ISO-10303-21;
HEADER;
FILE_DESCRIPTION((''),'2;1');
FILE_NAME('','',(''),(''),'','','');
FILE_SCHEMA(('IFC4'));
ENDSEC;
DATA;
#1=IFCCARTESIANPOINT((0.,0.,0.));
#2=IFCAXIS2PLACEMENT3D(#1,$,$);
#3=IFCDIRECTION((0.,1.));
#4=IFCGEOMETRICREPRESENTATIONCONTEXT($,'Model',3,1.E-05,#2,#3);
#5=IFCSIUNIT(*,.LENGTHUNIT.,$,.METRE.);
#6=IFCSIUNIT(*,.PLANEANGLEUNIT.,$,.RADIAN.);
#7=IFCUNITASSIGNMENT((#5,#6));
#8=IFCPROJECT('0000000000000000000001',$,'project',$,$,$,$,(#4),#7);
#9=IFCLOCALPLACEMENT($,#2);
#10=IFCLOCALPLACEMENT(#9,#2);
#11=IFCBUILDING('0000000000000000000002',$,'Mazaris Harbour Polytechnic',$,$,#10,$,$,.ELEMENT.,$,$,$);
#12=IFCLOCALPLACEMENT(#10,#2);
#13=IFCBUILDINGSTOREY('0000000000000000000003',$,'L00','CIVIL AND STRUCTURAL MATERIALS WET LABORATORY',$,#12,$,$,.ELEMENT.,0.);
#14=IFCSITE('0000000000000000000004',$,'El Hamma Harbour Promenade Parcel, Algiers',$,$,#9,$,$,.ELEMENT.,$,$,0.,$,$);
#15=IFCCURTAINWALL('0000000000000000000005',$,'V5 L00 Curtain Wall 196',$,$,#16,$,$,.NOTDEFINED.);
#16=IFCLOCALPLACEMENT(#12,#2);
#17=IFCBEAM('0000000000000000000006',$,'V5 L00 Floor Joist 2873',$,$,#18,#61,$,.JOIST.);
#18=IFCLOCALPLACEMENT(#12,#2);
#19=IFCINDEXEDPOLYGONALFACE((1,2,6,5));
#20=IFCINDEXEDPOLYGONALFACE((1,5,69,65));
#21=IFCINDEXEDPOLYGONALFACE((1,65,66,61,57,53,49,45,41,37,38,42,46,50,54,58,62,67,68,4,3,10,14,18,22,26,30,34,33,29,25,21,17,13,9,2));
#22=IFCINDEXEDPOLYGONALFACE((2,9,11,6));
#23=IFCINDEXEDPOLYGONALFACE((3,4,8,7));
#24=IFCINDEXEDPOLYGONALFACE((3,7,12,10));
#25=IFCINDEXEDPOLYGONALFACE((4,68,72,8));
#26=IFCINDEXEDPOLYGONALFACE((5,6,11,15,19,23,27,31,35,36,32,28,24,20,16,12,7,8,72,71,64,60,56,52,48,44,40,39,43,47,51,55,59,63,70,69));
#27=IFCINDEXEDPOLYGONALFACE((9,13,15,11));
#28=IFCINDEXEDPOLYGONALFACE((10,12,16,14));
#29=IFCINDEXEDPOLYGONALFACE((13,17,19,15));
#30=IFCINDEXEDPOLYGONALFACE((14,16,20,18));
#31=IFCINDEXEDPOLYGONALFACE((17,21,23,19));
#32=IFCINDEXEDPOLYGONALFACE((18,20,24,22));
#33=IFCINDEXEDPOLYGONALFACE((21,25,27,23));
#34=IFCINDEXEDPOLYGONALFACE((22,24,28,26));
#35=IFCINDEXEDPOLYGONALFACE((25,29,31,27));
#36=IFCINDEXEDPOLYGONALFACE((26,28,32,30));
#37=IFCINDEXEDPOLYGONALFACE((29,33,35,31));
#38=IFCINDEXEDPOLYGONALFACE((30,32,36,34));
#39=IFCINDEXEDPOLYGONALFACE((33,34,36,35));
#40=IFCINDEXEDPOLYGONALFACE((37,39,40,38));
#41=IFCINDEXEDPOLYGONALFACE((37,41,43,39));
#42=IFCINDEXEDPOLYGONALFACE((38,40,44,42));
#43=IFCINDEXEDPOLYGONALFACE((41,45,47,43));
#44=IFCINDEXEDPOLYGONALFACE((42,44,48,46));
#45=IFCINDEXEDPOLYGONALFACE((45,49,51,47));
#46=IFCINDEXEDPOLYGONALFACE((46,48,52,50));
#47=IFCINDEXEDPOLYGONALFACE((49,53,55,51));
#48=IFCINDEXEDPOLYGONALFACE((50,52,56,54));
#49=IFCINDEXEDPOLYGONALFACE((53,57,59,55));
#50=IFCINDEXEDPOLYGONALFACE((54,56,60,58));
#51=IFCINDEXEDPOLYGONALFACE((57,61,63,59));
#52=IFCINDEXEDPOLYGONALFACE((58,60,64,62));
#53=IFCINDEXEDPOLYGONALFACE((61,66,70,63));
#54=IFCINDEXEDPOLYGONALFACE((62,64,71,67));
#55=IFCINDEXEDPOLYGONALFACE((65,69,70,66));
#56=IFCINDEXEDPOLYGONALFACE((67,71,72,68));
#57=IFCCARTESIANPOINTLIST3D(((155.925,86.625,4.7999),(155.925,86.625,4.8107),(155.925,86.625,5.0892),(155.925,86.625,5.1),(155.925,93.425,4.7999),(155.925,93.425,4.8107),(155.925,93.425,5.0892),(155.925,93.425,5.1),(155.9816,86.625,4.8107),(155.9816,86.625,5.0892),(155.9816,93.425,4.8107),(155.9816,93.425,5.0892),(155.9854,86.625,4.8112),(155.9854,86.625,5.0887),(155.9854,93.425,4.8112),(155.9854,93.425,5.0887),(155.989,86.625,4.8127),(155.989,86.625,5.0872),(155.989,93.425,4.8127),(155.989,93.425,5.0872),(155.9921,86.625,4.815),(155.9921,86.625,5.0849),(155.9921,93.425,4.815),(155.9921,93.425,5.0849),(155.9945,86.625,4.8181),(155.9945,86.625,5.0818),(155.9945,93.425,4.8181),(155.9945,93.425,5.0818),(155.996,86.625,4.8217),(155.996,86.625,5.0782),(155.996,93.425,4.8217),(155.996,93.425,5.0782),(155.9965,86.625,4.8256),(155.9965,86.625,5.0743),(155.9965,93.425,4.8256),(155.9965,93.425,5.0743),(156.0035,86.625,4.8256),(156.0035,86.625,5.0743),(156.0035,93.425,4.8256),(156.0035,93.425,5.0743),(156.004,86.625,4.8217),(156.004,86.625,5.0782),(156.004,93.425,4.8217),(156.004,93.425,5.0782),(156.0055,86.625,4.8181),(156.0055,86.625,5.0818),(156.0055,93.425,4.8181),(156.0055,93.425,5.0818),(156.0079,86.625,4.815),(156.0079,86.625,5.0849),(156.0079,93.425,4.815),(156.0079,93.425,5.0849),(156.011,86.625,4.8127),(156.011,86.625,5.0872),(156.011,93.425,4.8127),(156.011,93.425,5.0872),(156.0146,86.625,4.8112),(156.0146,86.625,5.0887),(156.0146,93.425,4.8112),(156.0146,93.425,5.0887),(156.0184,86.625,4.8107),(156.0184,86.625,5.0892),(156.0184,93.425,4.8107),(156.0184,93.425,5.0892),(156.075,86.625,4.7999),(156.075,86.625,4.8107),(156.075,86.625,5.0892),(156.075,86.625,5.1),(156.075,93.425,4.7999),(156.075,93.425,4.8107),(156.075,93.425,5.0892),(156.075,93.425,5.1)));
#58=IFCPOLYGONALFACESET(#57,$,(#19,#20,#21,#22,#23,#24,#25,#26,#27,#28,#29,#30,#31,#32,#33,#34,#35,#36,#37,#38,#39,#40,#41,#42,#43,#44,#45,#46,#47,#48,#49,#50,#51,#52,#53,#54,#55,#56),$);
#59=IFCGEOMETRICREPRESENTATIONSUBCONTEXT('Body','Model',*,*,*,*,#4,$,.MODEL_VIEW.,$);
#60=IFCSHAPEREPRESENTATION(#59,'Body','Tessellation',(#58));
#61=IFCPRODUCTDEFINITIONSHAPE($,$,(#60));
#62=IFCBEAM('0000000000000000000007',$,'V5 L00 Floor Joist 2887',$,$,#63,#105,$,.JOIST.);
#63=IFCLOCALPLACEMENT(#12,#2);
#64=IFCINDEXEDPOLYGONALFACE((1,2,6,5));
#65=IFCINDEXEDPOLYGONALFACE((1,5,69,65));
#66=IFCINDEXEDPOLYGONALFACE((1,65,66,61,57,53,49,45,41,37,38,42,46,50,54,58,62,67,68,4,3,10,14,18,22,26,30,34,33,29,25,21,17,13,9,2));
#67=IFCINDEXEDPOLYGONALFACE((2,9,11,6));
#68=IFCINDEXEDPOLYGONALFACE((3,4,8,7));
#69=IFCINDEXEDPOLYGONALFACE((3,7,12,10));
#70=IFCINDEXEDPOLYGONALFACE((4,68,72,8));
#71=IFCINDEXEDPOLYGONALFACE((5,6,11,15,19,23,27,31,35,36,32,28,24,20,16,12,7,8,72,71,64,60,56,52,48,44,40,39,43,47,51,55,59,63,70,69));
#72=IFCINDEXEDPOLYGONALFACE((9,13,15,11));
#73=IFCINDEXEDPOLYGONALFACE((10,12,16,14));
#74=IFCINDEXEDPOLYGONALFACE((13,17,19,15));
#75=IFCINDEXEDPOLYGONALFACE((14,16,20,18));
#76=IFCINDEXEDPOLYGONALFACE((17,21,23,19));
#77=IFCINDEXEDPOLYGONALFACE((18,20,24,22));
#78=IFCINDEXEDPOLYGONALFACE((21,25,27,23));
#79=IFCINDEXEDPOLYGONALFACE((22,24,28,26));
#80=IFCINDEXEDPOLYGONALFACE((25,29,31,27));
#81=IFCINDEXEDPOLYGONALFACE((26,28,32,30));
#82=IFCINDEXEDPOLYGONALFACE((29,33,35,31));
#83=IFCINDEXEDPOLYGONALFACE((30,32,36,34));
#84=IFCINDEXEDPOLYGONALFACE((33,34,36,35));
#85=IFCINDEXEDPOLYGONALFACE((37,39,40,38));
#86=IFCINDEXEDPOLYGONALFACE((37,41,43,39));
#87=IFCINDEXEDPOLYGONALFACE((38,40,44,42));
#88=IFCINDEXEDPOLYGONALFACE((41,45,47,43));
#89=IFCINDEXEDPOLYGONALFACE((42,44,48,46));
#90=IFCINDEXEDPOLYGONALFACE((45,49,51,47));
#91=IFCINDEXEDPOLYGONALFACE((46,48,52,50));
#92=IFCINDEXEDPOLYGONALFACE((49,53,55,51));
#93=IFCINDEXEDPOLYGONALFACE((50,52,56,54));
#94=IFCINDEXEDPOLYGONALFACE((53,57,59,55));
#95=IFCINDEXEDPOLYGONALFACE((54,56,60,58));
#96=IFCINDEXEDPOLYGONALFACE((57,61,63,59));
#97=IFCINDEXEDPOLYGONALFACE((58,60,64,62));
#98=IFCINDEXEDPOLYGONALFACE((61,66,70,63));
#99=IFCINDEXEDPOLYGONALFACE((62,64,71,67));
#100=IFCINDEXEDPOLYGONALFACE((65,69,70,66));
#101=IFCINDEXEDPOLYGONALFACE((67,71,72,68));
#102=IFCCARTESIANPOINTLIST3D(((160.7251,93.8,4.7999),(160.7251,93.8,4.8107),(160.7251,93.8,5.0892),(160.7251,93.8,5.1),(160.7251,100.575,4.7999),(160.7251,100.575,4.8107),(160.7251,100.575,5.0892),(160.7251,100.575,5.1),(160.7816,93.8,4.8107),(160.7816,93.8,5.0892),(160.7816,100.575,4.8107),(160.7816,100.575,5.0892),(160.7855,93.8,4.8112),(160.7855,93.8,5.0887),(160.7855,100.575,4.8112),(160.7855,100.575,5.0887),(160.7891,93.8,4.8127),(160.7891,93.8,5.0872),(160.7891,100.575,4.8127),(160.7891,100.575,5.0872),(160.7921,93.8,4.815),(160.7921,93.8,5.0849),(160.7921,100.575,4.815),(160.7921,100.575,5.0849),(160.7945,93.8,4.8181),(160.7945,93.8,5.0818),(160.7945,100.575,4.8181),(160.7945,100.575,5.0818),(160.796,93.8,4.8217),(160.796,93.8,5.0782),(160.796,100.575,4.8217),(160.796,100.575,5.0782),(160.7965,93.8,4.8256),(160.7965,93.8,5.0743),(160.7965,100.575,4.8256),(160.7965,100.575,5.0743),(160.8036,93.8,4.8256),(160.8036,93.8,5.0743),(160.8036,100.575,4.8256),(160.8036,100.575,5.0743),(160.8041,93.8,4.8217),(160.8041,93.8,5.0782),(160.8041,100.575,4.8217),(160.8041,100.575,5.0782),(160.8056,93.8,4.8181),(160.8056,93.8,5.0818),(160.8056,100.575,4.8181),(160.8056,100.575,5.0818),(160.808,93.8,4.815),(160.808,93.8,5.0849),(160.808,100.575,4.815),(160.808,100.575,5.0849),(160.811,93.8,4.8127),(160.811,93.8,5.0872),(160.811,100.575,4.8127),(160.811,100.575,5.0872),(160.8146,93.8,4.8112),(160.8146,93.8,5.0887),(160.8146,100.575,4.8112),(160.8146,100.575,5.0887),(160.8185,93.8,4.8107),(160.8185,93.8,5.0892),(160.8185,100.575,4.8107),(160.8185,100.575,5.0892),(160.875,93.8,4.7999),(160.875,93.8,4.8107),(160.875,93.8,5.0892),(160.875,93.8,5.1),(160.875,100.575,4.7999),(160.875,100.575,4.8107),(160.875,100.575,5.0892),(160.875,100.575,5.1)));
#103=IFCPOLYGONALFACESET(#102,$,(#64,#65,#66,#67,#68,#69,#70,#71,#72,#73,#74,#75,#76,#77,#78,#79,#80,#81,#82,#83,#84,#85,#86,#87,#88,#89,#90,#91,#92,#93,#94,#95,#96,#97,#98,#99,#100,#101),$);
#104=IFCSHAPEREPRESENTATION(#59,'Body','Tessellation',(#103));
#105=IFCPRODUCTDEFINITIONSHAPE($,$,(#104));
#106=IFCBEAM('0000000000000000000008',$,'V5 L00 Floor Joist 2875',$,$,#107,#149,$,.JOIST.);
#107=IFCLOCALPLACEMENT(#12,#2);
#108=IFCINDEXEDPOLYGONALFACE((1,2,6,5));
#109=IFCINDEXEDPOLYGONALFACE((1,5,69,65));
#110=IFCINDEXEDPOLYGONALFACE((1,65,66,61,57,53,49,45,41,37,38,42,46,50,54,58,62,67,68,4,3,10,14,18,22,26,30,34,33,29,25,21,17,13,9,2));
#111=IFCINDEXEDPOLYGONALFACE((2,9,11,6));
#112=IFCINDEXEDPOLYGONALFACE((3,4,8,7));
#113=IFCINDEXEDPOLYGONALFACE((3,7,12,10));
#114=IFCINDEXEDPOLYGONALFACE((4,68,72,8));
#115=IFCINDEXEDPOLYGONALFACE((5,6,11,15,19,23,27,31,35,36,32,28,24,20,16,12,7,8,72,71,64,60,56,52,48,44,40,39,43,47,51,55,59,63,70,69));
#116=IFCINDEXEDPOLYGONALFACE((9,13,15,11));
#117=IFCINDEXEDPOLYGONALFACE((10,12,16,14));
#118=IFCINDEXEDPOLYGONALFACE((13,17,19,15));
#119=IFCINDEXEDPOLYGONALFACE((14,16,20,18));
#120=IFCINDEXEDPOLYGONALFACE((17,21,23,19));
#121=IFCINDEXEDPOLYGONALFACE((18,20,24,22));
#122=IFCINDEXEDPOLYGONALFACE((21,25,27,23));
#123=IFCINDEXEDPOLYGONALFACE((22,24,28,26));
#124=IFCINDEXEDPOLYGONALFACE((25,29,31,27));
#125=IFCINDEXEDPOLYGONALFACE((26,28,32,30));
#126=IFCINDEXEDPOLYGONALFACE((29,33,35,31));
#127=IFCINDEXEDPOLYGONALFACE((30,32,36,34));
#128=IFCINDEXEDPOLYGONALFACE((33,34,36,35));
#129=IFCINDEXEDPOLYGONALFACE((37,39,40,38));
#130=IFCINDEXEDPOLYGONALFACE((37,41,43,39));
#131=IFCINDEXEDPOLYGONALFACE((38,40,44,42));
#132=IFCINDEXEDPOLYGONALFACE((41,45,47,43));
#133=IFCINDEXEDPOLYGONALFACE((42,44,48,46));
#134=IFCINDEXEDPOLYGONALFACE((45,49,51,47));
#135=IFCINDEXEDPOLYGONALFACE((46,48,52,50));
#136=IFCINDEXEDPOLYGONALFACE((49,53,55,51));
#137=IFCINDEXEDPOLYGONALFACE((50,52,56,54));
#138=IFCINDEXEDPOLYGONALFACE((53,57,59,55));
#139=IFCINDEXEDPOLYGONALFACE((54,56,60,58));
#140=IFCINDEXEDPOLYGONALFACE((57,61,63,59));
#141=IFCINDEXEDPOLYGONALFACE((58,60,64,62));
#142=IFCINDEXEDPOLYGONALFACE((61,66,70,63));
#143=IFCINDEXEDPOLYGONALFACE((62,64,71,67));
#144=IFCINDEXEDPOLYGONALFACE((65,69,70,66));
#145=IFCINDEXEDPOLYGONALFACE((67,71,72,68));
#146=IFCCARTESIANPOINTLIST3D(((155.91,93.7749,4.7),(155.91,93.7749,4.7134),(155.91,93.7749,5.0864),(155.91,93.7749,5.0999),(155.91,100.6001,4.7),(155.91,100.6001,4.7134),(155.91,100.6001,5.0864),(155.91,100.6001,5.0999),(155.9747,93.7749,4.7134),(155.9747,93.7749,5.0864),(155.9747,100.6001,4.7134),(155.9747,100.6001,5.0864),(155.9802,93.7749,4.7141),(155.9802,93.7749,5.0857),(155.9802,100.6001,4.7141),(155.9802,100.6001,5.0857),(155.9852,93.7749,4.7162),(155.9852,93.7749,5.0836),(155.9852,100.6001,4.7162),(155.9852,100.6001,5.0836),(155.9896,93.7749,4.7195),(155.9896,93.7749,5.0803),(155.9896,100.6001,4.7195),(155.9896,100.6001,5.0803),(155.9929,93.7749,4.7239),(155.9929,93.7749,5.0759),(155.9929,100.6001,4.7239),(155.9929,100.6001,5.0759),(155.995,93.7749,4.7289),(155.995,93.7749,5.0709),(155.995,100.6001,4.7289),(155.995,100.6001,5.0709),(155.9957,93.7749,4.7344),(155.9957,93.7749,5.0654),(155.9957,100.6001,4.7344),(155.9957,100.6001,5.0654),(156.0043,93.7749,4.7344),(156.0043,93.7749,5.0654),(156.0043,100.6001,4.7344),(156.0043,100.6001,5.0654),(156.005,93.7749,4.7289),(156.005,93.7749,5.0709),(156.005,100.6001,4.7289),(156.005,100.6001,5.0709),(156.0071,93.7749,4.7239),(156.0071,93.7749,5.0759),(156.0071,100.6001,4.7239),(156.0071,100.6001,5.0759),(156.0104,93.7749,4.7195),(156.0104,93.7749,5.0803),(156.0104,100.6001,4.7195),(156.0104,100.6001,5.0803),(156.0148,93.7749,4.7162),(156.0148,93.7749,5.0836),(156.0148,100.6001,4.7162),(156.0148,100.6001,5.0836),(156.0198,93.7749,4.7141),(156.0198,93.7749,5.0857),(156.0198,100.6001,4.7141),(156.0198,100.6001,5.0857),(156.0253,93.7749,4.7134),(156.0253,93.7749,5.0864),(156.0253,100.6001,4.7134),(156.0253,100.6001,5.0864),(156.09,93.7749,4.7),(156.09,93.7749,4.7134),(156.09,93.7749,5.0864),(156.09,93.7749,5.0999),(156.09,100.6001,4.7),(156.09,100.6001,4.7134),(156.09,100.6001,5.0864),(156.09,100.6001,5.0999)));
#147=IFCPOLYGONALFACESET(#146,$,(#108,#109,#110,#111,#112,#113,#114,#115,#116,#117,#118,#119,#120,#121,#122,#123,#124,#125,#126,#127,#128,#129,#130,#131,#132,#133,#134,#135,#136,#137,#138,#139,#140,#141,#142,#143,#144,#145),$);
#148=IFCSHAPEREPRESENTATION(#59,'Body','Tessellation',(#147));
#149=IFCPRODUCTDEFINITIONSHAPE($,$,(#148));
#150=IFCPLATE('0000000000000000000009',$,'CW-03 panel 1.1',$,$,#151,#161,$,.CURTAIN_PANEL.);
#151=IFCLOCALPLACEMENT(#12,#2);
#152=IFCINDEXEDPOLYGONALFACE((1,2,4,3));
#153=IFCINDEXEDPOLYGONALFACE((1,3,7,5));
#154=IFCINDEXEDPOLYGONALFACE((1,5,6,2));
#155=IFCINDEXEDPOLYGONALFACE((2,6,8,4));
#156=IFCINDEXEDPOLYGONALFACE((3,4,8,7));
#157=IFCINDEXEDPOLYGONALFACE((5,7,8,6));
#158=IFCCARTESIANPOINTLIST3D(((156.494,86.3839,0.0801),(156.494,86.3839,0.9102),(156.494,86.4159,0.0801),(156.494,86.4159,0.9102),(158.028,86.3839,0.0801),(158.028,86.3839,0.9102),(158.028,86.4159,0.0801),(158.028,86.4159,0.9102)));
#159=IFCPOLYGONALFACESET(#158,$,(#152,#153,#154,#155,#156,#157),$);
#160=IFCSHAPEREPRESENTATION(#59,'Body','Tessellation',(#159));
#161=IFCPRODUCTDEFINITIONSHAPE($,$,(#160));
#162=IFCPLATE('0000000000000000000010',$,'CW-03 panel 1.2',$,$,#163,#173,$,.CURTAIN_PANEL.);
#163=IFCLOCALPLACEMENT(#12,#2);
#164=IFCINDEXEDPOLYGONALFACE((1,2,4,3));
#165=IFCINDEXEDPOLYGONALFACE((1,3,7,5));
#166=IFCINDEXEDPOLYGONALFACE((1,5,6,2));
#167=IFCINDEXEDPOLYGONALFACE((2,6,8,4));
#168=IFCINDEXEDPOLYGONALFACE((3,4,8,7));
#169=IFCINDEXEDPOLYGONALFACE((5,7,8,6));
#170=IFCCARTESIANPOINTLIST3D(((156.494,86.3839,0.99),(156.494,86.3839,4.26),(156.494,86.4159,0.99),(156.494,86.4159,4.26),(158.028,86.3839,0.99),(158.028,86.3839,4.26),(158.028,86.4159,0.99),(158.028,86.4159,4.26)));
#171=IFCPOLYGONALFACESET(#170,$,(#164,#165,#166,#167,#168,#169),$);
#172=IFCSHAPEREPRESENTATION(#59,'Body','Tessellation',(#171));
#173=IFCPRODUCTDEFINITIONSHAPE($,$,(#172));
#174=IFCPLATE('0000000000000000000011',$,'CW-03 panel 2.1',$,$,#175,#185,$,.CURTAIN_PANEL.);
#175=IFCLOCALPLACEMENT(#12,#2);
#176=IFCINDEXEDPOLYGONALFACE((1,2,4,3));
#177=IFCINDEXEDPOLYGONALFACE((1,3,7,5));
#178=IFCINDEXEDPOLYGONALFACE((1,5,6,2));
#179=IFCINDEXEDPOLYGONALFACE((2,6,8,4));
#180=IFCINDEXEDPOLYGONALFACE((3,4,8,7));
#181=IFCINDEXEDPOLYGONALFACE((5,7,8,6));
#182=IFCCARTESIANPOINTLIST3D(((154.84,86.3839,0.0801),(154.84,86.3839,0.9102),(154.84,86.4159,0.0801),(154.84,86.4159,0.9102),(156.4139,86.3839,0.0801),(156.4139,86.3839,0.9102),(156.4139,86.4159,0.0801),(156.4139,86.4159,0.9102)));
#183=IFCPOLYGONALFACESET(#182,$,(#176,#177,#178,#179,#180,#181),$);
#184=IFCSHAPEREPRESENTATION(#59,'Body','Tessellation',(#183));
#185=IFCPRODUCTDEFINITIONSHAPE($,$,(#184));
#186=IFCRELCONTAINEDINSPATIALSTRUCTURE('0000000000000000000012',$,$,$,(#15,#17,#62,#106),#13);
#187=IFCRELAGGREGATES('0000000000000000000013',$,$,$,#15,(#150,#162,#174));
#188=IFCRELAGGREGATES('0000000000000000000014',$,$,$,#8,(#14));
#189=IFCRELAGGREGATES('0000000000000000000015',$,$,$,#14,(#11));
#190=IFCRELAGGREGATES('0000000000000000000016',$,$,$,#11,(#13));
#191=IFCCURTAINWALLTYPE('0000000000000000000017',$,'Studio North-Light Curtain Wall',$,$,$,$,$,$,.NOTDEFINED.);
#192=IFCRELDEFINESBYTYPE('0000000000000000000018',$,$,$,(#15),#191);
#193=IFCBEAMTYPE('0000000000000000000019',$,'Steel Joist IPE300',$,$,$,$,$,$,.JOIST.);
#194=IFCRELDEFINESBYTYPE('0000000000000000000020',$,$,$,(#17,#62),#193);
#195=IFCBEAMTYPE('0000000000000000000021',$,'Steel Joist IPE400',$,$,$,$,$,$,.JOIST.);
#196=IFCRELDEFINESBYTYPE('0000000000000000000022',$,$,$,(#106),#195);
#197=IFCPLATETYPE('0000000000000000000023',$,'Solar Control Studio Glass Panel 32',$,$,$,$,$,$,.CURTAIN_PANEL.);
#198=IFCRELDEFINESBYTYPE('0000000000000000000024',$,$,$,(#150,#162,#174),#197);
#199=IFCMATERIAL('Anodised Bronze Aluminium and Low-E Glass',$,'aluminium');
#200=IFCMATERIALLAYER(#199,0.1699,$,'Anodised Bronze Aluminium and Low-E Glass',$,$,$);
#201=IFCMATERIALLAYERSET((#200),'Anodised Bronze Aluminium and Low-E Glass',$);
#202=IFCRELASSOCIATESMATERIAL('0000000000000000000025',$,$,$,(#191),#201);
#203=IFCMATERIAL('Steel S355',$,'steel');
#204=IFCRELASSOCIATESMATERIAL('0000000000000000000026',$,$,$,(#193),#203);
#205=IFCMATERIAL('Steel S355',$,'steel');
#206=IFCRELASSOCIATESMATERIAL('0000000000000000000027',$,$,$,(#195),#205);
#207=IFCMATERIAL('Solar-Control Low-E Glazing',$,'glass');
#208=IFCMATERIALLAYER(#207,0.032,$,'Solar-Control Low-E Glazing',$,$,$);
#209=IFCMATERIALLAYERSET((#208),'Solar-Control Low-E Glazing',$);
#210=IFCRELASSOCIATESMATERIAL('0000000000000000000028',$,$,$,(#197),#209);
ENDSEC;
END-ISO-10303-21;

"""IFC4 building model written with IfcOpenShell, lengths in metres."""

from ifc_helpers import new_model, si_unit, direction, frame, origin, origin_2d, place, context, subcontext, project, spatial, rectangle, i_section, extrude, material, layer, layer_set, material_profile, profile_set, type_object, element, aggregate, save


model = new_model("IFC4")

# Units and contexts
model_context = context("Model", 3, precision=1e-05, world=origin(), true_north=direction((0.0, 1.0)))
body_context = subcontext(model_context, "Body", "Model", "MODEL_VIEW")
ifc_project = project(units=[si_unit("LENGTHUNIT", "METRE"), si_unit("PLANEANGLEUNIT", "RADIAN")], contexts=[model_context])

# Site, building, storey
site_placement = place(None, origin())
site = spatial("IfcSite", under=ifc_project, at=site_placement, Name="El Hamma Harbour Promenade Parcel, Algiers", CompositionType="ELEMENT", RefElevation=0.0)
building_placement = place(site_placement, origin())
building = spatial("IfcBuilding", under=site, at=building_placement, Name="Mazaris Harbour Polytechnic", CompositionType="ELEMENT")
storey_placement = place(building_placement, origin())
storey = spatial("IfcBuildingStorey", under=building, at=storey_placement, Name="L00", Description="CIVIL AND STRUCTURAL MATERIALS WET LABORATORY", CompositionType="ELEMENT", Elevation=0.0)

# Curtain wall
ifc_material_1 = material(Name="Anodised Bronze Aluminium and Low-E Glass", Category="aluminium")
ifc_layer_1 = layer(ifc_material_1, 0.1699, Name="Anodised Bronze Aluminium and Low-E Glass")
ifc_layer_set_1 = layer_set([ifc_layer_1], Name="Anodised Bronze Aluminium and Low-E Glass")
curtain_wall_type = type_object("IfcCurtainWallType", Name="Studio North-Light Curtain Wall", PredefinedType="NOTDEFINED", material=ifc_layer_set_1)
curtain_wall_placement = place(storey_placement, origin())
curtain_wall = element("IfcCurtainWall", 1, at=curtain_wall_placement, inside=storey, type_object=curtain_wall_type, Name="V5 L00 Curtain Wall 196", PredefinedType="NOTDEFINED")

# Beams
ifc_material_2 = material(Name="Steel S355", Category="steel")
ifc_material_profile_1 = material_profile(ifc_material_2, i_section(OverallWidth=0.1499, OverallDepth=0.3, WebThickness=0.0071, FlangeThickness=0.0107, FilletRadius=0.0149, at=origin_2d()), Name="IPE 300")
ifc_profile_set_1 = profile_set([ifc_material_profile_1], Name="Steel S355")
beam_type_1 = type_object("IfcBeamType", Name="Steel Joist IPE300", PredefinedType="JOIST", material=ifc_profile_set_1)
beam_1_placement = place(storey_placement, frame((156.0, 86.625, 4.95), z_axis=(0.0, 1.0, 0.0), x_axis=(-1.0, 0.0, 0.0)))
element("IfcBeam", 2, at=beam_1_placement, inside=storey, type_object=beam_type_1, Name="V5 L00 Floor Joist 2873", PredefinedType="JOIST", context=body_context, shape_type="SweptSolid", body=[
    extrude(i_section(OverallWidth=0.1499, OverallDepth=0.3, WebThickness=0.0071, FlangeThickness=0.0107, FilletRadius=0.0149, at=origin_2d()), origin(), (0.0, 0.0, 1.0), 6.8),
])
beam_2_placement = place(storey_placement, frame((160.8, 93.8, 4.95), z_axis=(0.0, 1.0, 0.0), x_axis=(-1.0, 0.0, 0.0)))
element("IfcBeam", 3, at=beam_2_placement, inside=storey, type_object=beam_type_1, Name="V5 L00 Floor Joist 2887", PredefinedType="JOIST", context=body_context, shape_type="SweptSolid", body=[
    extrude(i_section(OverallWidth=0.1499, OverallDepth=0.3, WebThickness=0.0071, FlangeThickness=0.0107, FilletRadius=0.0149, at=origin_2d()), origin(), (0.0, 0.0, 1.0), 6.7749),
])
ifc_material_3 = material(Name="Steel S355", Category="steel")
ifc_material_profile_2 = material_profile(ifc_material_3, i_section(OverallWidth=0.1799, OverallDepth=0.3999, WebThickness=0.0085, FlangeThickness=0.0134, FilletRadius=0.021, at=origin_2d()), Name="IPE 400")
ifc_profile_set_2 = profile_set([ifc_material_profile_2], Name="Steel S355")
beam_type_2 = type_object("IfcBeamType", Name="Steel Joist IPE400", PredefinedType="JOIST", material=ifc_profile_set_2)
beam_3_placement = place(storey_placement, frame((156.0, 93.7749, 4.8999), z_axis=(0.0, 1.0, 0.0), x_axis=(-1.0, 0.0, 0.0)))
element("IfcBeam", 4, at=beam_3_placement, inside=storey, type_object=beam_type_2, Name="V5 L00 Floor Joist 2875", PredefinedType="JOIST", context=body_context, shape_type="SweptSolid", body=[
    extrude(i_section(OverallWidth=0.1799, OverallDepth=0.3999, WebThickness=0.0085, FlangeThickness=0.0134, FilletRadius=0.021, at=origin_2d()), origin(), (0.0, 0.0, 1.0), 6.8252),
])

# Plates
ifc_material_4 = material(Name="Solar-Control Low-E Glazing", Category="glass")
ifc_layer_2 = layer(ifc_material_4, 0.032, Name="Solar-Control Low-E Glazing")
ifc_layer_set_2 = layer_set([ifc_layer_2], Name="Solar-Control Low-E Glazing")
plate_type = type_object("IfcPlateType", Name="Solar Control Studio Glass Panel 32", PredefinedType="CURTAIN_PANEL", material=ifc_layer_set_2)
plate_1_placement = place(storey_placement, frame((157.261, 86.3999, 0.0801), z_axis=(0.0, 0.0, 1.0), x_axis=(-1.0, 0.0, 0.0)))
plate_1 = element("IfcPlate", 5, at=plate_1_placement, type_object=plate_type, Name="CW-03 panel 1.1", PredefinedType="CURTAIN_PANEL", context=body_context, shape_type="SweptSolid", body=[
    extrude(rectangle(XDim=1.5339, YDim=0.032, at=origin_2d()), origin(), (0.0, 0.0, 1.0), 0.8301),
])
plate_2_placement = place(storey_placement, frame((157.261, 86.3999, 0.99), z_axis=(0.0, 0.0, 1.0), x_axis=(-1.0, 0.0, 0.0)))
plate_2 = element("IfcPlate", 6, at=plate_2_placement, type_object=plate_type, Name="CW-03 panel 1.2", PredefinedType="CURTAIN_PANEL", context=body_context, shape_type="SweptSolid", body=[
    extrude(rectangle(XDim=1.5339, YDim=0.032, at=origin_2d()), origin(), (0.0, 0.0, 1.0), 3.27),
])
plate_3_placement = place(storey_placement, frame((155.627, 86.3999, 0.0801), z_axis=(0.0, 0.0, 1.0), x_axis=(-1.0, 0.0, 0.0)))
plate_3 = element("IfcPlate", 7, at=plate_3_placement, type_object=plate_type, Name="CW-03 panel 2.1", PredefinedType="CURTAIN_PANEL", context=body_context, shape_type="SweptSolid", body=[
    extrude(rectangle(XDim=1.574, YDim=0.032, at=origin_2d()), origin(), (0.0, 0.0, 1.0), 0.8301),
])
aggregate(curtain_wall, [plate_1, plate_2, plate_3])

save(model, "model.ifc")
